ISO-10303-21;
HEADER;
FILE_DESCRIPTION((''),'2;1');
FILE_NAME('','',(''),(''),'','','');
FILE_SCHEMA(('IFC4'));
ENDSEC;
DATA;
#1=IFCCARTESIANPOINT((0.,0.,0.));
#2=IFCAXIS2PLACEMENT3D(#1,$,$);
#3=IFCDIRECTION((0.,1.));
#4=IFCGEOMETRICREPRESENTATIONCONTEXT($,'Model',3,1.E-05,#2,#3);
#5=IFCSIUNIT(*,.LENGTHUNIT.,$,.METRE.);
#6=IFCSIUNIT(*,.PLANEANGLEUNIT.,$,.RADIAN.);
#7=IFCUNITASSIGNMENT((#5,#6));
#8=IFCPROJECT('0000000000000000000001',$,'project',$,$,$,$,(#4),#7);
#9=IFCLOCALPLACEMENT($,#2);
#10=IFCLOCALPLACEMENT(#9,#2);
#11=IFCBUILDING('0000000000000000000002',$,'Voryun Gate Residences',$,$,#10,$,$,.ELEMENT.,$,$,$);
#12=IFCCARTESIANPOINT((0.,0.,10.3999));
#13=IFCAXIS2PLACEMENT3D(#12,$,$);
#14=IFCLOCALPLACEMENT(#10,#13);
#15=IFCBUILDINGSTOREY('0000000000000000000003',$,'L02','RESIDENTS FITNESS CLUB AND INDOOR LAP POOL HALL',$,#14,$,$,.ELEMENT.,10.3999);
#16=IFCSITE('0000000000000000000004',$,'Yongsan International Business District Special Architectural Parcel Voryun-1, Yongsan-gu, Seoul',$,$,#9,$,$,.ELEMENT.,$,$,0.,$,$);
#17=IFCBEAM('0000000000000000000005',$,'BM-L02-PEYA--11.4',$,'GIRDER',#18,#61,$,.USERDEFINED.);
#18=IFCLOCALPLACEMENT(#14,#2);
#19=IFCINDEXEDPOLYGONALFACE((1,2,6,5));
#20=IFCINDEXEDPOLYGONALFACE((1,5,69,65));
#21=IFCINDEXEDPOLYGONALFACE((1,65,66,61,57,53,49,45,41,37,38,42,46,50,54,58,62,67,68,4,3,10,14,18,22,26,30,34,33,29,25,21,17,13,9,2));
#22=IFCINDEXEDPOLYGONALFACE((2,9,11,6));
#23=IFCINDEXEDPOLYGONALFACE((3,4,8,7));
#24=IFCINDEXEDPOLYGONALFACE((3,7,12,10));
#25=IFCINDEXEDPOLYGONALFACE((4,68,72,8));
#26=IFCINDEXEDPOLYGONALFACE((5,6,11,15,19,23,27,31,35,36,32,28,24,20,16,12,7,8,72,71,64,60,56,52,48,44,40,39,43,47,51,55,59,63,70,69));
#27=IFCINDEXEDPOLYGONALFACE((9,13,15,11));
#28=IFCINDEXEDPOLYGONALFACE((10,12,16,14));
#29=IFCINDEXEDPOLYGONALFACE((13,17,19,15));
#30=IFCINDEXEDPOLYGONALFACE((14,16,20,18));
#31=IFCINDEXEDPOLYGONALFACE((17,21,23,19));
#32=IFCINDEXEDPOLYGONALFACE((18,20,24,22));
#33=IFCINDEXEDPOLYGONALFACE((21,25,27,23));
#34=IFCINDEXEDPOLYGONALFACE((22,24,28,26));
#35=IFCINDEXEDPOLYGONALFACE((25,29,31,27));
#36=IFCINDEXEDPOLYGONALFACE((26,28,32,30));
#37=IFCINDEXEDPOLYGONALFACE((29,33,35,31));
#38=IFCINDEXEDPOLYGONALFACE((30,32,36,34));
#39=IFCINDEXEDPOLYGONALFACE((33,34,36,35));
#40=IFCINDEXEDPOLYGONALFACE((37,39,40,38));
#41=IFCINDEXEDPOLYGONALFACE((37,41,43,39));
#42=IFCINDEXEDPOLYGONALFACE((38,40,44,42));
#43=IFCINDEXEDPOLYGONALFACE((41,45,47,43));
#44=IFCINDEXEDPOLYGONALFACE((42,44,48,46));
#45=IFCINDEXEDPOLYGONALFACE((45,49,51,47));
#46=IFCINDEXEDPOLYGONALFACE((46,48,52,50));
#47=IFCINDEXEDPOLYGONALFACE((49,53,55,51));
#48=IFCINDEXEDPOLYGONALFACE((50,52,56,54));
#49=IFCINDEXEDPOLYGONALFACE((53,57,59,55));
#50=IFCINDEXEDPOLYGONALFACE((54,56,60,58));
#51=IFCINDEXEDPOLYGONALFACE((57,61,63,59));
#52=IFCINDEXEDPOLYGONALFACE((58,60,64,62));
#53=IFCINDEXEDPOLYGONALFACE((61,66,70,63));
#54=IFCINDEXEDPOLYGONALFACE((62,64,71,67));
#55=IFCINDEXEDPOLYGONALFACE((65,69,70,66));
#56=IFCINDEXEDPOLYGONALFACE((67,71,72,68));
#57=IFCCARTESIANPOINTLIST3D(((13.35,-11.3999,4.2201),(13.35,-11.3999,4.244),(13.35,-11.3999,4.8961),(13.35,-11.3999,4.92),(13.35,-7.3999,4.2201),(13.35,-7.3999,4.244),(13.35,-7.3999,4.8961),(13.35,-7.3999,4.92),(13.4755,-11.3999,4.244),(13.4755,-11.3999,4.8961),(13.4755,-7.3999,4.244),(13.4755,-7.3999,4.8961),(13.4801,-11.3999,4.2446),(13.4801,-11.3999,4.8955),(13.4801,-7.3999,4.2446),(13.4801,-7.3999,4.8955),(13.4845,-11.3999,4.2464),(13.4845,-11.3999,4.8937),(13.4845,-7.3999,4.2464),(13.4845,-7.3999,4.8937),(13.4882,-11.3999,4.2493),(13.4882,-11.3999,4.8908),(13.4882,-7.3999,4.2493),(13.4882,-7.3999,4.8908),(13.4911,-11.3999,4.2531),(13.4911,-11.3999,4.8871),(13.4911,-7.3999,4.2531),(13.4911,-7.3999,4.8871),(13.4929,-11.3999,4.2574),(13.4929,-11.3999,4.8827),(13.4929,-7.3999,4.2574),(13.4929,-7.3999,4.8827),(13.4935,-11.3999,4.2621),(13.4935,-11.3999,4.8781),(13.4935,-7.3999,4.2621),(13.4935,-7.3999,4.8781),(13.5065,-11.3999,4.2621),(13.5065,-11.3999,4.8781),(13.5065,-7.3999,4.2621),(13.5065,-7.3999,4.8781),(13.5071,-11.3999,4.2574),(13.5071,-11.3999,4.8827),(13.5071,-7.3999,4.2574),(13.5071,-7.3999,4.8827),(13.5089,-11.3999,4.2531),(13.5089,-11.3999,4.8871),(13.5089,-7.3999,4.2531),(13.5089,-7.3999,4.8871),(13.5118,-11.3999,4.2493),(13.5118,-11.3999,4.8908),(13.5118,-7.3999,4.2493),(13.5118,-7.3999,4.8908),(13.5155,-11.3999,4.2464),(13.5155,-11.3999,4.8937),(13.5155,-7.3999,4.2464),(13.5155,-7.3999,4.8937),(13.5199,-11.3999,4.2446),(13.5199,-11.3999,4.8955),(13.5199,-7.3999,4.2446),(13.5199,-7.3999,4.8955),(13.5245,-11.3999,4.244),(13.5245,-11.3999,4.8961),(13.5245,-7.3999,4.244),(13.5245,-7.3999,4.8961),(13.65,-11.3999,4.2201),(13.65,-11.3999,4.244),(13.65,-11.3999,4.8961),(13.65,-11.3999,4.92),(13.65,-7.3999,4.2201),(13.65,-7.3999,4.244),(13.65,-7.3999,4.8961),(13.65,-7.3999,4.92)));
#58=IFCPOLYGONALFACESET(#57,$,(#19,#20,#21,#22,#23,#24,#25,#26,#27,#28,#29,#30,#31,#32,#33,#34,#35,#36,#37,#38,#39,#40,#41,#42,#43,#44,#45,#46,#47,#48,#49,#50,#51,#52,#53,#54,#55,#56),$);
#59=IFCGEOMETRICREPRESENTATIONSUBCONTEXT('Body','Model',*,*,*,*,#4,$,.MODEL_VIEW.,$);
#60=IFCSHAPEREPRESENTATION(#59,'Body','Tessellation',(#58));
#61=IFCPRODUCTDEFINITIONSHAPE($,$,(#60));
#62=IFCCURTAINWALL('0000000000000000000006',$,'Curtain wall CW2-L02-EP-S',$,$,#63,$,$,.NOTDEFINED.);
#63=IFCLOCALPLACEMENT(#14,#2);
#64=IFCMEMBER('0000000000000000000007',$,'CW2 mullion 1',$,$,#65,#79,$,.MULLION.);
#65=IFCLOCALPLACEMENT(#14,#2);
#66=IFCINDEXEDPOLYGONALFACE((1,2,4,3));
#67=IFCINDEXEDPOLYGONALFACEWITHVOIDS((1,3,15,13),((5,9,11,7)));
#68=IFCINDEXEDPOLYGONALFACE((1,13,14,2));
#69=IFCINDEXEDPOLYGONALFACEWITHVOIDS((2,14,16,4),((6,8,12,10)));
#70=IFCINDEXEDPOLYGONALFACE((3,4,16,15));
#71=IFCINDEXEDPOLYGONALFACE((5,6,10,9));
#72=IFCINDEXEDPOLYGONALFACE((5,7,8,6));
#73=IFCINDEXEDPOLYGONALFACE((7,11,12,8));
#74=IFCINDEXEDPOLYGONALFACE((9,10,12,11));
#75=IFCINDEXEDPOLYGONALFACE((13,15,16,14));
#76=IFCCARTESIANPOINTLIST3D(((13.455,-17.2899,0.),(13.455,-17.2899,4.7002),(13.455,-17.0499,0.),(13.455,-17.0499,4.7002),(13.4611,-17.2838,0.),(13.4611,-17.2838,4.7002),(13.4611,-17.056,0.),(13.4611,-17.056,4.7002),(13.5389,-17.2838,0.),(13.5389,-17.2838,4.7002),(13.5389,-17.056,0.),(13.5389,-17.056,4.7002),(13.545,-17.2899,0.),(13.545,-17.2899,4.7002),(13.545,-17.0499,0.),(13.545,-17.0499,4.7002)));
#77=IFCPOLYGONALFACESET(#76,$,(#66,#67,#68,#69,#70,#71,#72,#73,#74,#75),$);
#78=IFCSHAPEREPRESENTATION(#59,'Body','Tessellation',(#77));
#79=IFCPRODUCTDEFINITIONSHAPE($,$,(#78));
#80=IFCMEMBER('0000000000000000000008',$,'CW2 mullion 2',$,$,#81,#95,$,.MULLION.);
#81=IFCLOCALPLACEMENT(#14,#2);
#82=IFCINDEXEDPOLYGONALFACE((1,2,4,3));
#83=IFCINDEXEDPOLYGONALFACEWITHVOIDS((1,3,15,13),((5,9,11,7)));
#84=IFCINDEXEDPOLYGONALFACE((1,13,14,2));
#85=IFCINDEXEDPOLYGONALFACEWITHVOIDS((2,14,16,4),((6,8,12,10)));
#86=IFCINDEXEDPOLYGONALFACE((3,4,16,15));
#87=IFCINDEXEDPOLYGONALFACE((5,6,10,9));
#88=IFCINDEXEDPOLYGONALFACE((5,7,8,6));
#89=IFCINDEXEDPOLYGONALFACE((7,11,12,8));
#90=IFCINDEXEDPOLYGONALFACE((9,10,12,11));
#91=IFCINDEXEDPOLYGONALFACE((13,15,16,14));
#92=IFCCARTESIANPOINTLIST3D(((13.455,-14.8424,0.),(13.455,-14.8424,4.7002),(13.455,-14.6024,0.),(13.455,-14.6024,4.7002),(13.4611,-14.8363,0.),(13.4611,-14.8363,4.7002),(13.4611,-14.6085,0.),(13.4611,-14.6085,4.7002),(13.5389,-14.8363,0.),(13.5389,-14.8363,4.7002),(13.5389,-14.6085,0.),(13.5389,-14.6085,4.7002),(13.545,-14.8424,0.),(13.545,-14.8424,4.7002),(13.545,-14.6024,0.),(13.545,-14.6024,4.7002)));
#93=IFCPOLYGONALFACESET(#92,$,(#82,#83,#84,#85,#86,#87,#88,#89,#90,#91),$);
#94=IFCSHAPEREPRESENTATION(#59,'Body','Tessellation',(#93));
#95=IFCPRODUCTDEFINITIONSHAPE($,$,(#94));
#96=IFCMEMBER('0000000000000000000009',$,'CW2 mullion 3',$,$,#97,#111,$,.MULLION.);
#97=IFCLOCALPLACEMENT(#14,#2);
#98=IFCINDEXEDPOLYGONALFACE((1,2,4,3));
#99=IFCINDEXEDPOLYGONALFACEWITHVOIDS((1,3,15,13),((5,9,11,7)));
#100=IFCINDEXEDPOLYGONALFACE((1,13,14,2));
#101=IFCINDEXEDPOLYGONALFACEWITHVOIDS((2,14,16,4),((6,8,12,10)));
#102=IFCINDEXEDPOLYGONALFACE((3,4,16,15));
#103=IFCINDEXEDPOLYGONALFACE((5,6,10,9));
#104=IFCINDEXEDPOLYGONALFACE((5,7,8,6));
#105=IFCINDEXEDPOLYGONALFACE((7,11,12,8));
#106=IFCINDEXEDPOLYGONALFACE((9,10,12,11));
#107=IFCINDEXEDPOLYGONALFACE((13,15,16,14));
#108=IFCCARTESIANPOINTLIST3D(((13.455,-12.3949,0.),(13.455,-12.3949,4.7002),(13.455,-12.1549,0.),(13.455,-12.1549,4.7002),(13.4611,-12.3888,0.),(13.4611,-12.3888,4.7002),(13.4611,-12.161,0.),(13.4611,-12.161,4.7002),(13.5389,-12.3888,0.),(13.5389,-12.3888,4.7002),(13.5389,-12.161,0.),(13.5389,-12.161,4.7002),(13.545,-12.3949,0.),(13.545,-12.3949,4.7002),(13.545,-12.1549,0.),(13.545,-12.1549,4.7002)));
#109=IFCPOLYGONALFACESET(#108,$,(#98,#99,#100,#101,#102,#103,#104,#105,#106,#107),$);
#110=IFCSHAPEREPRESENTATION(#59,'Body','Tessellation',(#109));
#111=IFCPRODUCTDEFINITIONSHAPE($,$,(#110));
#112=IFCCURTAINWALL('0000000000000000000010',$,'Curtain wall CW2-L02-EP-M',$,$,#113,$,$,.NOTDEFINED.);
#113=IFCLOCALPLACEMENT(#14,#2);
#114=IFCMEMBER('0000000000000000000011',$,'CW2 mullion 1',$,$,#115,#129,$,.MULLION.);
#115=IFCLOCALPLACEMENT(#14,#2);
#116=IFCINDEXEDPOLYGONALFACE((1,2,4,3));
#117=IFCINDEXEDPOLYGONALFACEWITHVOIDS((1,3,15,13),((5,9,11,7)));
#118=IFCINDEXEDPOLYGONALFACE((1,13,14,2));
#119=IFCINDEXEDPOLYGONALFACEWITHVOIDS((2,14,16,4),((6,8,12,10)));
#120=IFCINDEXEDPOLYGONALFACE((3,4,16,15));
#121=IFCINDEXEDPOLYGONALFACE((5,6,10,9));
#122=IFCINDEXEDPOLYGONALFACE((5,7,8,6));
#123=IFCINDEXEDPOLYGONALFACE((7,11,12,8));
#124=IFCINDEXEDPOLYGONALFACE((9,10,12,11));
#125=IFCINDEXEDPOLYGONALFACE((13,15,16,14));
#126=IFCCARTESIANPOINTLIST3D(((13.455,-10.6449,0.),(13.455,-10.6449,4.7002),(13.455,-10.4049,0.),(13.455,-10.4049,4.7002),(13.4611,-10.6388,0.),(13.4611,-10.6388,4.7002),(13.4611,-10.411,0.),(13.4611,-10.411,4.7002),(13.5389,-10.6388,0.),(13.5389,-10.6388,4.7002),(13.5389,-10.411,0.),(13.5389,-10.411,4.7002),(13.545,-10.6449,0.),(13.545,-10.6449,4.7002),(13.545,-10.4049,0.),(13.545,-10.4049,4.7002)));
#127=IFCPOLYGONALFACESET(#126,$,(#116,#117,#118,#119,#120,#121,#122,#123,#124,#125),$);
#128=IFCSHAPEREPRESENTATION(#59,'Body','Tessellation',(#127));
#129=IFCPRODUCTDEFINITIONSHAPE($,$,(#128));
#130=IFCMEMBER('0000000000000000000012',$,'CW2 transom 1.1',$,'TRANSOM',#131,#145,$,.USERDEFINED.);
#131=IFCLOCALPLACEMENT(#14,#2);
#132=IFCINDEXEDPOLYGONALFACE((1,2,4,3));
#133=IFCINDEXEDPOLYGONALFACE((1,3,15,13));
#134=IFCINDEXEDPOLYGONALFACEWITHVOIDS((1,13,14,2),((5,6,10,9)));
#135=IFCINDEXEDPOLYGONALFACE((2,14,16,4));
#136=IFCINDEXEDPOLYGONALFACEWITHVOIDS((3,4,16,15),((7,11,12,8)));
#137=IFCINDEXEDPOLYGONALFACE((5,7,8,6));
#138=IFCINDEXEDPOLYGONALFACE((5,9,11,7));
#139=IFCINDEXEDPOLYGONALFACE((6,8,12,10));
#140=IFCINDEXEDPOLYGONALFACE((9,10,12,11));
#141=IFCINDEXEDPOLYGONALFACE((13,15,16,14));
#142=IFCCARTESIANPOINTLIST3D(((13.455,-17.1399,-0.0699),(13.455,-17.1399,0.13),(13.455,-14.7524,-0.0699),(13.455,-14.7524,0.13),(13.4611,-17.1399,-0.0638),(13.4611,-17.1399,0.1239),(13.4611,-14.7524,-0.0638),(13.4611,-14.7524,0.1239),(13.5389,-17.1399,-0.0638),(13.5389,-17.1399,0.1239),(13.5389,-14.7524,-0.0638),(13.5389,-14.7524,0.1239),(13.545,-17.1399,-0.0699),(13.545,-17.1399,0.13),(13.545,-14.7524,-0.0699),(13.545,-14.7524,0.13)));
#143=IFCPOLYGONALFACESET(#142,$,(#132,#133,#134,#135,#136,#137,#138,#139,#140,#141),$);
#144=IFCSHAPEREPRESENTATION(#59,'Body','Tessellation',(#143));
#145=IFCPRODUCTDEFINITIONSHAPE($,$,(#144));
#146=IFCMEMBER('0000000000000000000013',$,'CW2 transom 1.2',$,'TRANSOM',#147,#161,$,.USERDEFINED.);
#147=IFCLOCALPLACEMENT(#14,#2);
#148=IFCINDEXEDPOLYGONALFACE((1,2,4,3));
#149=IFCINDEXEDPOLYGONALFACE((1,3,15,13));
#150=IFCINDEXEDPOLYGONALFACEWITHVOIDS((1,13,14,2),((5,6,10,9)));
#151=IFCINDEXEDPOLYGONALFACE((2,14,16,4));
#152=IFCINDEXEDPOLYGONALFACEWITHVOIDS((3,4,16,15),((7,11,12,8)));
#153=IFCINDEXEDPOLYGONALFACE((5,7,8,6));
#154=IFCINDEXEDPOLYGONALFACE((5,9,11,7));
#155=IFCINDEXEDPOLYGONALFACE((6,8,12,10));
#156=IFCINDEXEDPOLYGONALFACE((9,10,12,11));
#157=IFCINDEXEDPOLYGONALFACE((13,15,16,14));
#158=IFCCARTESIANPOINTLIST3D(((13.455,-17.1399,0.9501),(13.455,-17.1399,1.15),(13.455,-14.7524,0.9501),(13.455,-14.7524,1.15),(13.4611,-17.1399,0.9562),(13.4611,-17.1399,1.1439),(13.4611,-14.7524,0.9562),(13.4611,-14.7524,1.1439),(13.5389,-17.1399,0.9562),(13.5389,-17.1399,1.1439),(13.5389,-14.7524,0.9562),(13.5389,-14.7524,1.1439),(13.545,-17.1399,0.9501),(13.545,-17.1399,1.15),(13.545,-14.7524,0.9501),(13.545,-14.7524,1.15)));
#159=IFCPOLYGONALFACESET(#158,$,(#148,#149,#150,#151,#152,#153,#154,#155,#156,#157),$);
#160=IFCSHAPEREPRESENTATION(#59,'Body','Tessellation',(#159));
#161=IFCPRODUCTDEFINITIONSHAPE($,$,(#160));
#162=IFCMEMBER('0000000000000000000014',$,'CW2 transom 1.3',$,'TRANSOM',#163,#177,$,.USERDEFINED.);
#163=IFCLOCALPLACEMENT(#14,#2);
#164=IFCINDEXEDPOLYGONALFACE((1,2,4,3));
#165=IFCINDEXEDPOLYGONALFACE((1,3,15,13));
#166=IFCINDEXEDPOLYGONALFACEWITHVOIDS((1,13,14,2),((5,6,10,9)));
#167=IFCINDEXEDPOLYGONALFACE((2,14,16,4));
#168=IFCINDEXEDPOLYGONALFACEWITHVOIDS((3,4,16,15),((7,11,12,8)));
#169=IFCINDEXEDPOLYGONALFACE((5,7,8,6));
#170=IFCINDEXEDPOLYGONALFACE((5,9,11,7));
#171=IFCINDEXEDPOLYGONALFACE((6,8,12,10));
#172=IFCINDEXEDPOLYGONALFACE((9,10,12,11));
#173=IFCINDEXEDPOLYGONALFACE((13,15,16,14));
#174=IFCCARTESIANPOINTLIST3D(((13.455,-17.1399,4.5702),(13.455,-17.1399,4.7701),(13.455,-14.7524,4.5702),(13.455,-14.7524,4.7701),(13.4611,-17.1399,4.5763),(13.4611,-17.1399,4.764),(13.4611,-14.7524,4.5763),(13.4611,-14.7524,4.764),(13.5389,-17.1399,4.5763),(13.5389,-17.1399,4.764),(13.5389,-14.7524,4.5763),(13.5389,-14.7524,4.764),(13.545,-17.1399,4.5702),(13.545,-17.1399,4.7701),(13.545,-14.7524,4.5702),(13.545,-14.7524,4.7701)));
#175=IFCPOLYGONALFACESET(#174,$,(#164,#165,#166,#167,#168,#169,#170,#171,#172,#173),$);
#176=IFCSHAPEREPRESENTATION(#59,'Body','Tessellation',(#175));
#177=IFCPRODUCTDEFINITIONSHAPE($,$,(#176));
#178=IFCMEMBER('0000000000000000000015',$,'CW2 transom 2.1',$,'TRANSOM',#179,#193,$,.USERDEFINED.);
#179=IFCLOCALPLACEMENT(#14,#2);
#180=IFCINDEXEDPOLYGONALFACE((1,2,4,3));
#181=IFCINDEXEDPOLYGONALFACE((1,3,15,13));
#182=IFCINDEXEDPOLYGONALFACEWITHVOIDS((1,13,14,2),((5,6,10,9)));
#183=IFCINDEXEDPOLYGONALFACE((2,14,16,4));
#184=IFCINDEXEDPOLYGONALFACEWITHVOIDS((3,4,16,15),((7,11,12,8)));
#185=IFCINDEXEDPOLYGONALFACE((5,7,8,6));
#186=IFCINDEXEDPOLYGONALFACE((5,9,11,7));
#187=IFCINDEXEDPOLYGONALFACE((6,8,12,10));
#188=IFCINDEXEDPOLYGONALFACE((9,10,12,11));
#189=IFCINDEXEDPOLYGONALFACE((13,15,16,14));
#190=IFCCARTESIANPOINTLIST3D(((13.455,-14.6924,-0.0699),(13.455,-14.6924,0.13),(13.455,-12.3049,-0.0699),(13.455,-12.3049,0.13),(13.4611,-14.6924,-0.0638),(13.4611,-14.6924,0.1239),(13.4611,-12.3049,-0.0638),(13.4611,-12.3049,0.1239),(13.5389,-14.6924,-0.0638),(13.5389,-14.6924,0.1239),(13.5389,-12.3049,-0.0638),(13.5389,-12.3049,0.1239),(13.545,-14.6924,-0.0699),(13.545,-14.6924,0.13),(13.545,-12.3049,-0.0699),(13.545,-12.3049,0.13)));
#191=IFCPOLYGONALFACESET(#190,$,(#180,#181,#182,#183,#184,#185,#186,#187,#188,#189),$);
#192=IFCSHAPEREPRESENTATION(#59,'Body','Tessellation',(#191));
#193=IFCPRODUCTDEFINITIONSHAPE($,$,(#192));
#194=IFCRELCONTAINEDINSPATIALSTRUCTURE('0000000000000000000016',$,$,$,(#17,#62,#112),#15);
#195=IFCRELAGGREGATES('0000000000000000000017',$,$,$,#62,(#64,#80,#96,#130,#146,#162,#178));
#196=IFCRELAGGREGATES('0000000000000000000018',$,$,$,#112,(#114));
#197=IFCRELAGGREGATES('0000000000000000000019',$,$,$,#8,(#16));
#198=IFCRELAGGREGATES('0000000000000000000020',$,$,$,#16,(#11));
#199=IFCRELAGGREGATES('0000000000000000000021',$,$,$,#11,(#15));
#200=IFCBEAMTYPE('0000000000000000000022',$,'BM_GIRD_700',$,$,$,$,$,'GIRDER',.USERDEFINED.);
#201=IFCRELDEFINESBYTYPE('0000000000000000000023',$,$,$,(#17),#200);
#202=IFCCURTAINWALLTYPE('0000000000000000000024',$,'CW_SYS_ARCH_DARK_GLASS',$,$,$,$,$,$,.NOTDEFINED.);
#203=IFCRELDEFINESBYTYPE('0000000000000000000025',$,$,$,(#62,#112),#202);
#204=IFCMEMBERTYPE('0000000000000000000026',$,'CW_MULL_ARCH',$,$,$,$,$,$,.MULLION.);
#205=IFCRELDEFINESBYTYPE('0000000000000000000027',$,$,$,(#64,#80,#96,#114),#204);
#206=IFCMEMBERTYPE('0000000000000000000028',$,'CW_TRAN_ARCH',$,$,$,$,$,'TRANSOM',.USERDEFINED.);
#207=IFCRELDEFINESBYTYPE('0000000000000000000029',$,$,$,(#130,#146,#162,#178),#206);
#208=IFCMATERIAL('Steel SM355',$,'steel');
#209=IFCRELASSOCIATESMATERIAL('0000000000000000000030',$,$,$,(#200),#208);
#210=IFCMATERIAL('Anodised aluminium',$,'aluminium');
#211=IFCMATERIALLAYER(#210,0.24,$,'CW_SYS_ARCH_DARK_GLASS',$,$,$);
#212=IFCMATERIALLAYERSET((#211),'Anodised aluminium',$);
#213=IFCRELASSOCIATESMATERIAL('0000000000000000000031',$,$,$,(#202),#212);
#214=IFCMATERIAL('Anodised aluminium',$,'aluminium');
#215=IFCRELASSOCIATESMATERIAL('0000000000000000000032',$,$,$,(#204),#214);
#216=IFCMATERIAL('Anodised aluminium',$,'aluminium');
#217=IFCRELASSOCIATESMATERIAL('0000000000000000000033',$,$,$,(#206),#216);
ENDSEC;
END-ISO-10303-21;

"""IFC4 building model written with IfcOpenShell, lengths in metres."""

from ifc_helpers import new_model, si_unit, direction, frame, origin, origin_2d, place, context, subcontext, project, spatial, hollow_rectangle, i_section, extrude, material, layer, layer_set, material_profile, profile_set, type_object, element, aggregate, save


model = new_model("IFC4")

# Units and contexts
model_context = context("Model", 3, precision=1e-05, world=origin(), true_north=direction((0.0, 1.0)))
body_context = subcontext(model_context, "Body", "Model", "MODEL_VIEW")
ifc_project = project(units=[si_unit("LENGTHUNIT", "METRE"), si_unit("PLANEANGLEUNIT", "RADIAN")], contexts=[model_context])

# Site, building, storey
site_placement = place(None, origin())
site = spatial("IfcSite", under=ifc_project, at=site_placement, Name="Yongsan International Business District Special Architectural Parcel Voryun-1, Yongsan-gu, Seoul", CompositionType="ELEMENT", RefElevation=0.0)
building_placement = place(site_placement, origin())
building = spatial("IfcBuilding", under=site, at=building_placement, Name="Voryun Gate Residences", CompositionType="ELEMENT")
storey_placement = place(building_placement, frame((0.0, 0.0, 10.3999)))
storey = spatial("IfcBuildingStorey", under=building, at=storey_placement, Name="L02", Description="RESIDENTS FITNESS CLUB AND INDOOR LAP POOL HALL", CompositionType="ELEMENT", Elevation=10.3999)

# Beam
ifc_material_1 = material(Name="Steel SM355", Category="steel")
ifc_material_profile_1 = material_profile(ifc_material_1, i_section(OverallWidth=0.3, OverallDepth=0.7, WebThickness=0.0129, FlangeThickness=0.0239, FilletRadius=0.0181, at=origin_2d()), Name="H-700x300x13x24")
ifc_profile_set_1 = profile_set([ifc_material_profile_1], Name="Steel SM355")
beam_type = type_object("IfcBeamType", Name="BM_GIRD_700", ElementType="GIRDER", PredefinedType="USERDEFINED", material=ifc_profile_set_1)
beam_1_placement = place(storey_placement, frame((13.5, -11.3999, 4.5701), z_axis=(0.0, 1.0, 0.0), x_axis=(-1.0, 0.0, 0.0)))
element("IfcBeam", 1, at=beam_1_placement, inside=storey, type_object=beam_type, Name="BM-L02-PEYA--11.4", ObjectType="GIRDER", PredefinedType="USERDEFINED", context=body_context, shape_type="SweptSolid", body=[
    extrude(i_section(OverallWidth=0.3, OverallDepth=0.7, WebThickness=0.0129, FlangeThickness=0.0239, FilletRadius=0.0181, at=origin_2d()), origin(), (0.0, 0.0, 1.0), 4.0),
])

# Curtain wall, members
ifc_material_2 = material(Name="Anodised aluminium", Category="aluminium")
ifc_layer_1 = layer(ifc_material_2, 0.24, Name="CW_SYS_ARCH_DARK_GLASS")
ifc_layer_set_1 = layer_set([ifc_layer_1], Name="Anodised aluminium")
curtain_wall_type = type_object("IfcCurtainWallType", Name="CW_SYS_ARCH_DARK_GLASS", PredefinedType="NOTDEFINED", material=ifc_layer_set_1)
curtain_wall_1_placement = place(storey_placement, origin())
curtain_wall_1 = element("IfcCurtainWall", 2, at=curtain_wall_1_placement, inside=storey, type_object=curtain_wall_type, Name="Curtain wall CW2-L02-EP-S", PredefinedType="NOTDEFINED")
ifc_material_3 = material(Name="Anodised aluminium", Category="aluminium")
ifc_material_profile_2 = material_profile(ifc_material_3, hollow_rectangle(XDim=0.0901, YDim=0.24, WallThickness=0.0061, at=origin_2d()), Name="ALU-MULL-240x90x6")
ifc_profile_set_2 = profile_set([ifc_material_profile_2], Name="Anodised aluminium")
member_type_1 = type_object("IfcMemberType", Name="CW_MULL_ARCH", PredefinedType="MULLION", material=ifc_profile_set_2)
member_1_placement = place(storey_placement, frame((13.5, -17.1699, 0.0), z_axis=(0.0, 0.0, 1.0), x_axis=(-1.0, 0.0, 0.0)))
member_1 = element("IfcMember", 3, at=member_1_placement, type_object=member_type_1, Name="CW2 mullion 1", PredefinedType="MULLION", context=body_context, shape_type="SweptSolid", body=[
    extrude(hollow_rectangle(XDim=0.0901, YDim=0.24, WallThickness=0.0061, at=origin_2d()), origin(), (0.0, 0.0, 1.0), 4.7002),
])
member_2_placement = place(storey_placement, frame((13.5, -14.7224, 0.0), z_axis=(0.0, 0.0, 1.0), x_axis=(-1.0, 0.0, 0.0)))
member_2 = element("IfcMember", 4, at=member_2_placement, type_object=member_type_1, Name="CW2 mullion 2", PredefinedType="MULLION", context=body_context, shape_type="SweptSolid", body=[
    extrude(hollow_rectangle(XDim=0.0901, YDim=0.24, WallThickness=0.0061, at=origin_2d()), origin(), (0.0, 0.0, 1.0), 4.7002),
])
member_3_placement = place(storey_placement, frame((13.5, -12.2749, 0.0), z_axis=(0.0, 0.0, 1.0), x_axis=(-1.0, 0.0, 0.0)))
member_3 = element("IfcMember", 5, at=member_3_placement, type_object=member_type_1, Name="CW2 mullion 3", PredefinedType="MULLION", context=body_context, shape_type="SweptSolid", body=[
    extrude(hollow_rectangle(XDim=0.0901, YDim=0.24, WallThickness=0.0061, at=origin_2d()), origin(), (0.0, 0.0, 1.0), 4.7002),
])

# Curtain wall, member
curtain_wall_2_placement = place(storey_placement, origin())
curtain_wall_2 = element("IfcCurtainWall", 6, at=curtain_wall_2_placement, inside=storey, type_object=curtain_wall_type, Name="Curtain wall CW2-L02-EP-M", PredefinedType="NOTDEFINED")
member_4_placement = place(storey_placement, frame((13.5, -10.5249, 0.0), z_axis=(0.0, 0.0, 1.0), x_axis=(-1.0, 0.0, 0.0)))
member_4 = element("IfcMember", 7, at=member_4_placement, type_object=member_type_1, Name="CW2 mullion 1", PredefinedType="MULLION", context=body_context, shape_type="SweptSolid", body=[
    extrude(hollow_rectangle(XDim=0.0901, YDim=0.24, WallThickness=0.0061, at=origin_2d()), origin(), (0.0, 0.0, 1.0), 4.7002),
])

# Members
ifc_material_4 = material(Name="Anodised aluminium", Category="aluminium")
ifc_material_profile_3 = material_profile(ifc_material_4, hollow_rectangle(XDim=0.0901, YDim=0.2, WallThickness=0.0061, at=origin_2d()), Name="ALU-TRAN-200x90x6")
ifc_profile_set_3 = profile_set([ifc_material_profile_3], Name="Anodised aluminium")
member_type_2 = type_object("IfcMemberType", Name="CW_TRAN_ARCH", ElementType="TRANSOM", PredefinedType="USERDEFINED", material=ifc_profile_set_3)
member_5_placement = place(storey_placement, frame((13.5, -17.1399, 0.03), z_axis=(0.0, 1.0, 0.0), x_axis=(-1.0, 0.0, 0.0)))
member_5 = element("IfcMember", 8, at=member_5_placement, type_object=member_type_2, Name="CW2 transom 1.1", ObjectType="TRANSOM", PredefinedType="USERDEFINED", context=body_context, shape_type="SweptSolid", body=[
    extrude(hollow_rectangle(XDim=0.0901, YDim=0.2, WallThickness=0.0061, at=origin_2d()), origin(), (0.0, 0.0, 1.0), 2.3875),
])
member_6_placement = place(storey_placement, frame((13.5, -17.1399, 1.05), z_axis=(0.0, 1.0, 0.0), x_axis=(-1.0, 0.0, 0.0)))
member_6 = element("IfcMember", 9, at=member_6_placement, type_object=member_type_2, Name="CW2 transom 1.2", ObjectType="TRANSOM", PredefinedType="USERDEFINED", context=body_context, shape_type="SweptSolid", body=[
    extrude(hollow_rectangle(XDim=0.0901, YDim=0.2, WallThickness=0.0061, at=origin_2d()), origin(), (0.0, 0.0, 1.0), 2.3875),
])
member_7_placement = place(storey_placement, frame((13.5, -17.1399, 4.6702), z_axis=(0.0, 1.0, 0.0), x_axis=(-1.0, 0.0, 0.0)))
member_7 = element("IfcMember", 10, at=member_7_placement, type_object=member_type_2, Name="CW2 transom 1.3", ObjectType="TRANSOM", PredefinedType="USERDEFINED", context=body_context, shape_type="SweptSolid", body=[
    extrude(hollow_rectangle(XDim=0.0901, YDim=0.2, WallThickness=0.0061, at=origin_2d()), origin(), (0.0, 0.0, 1.0), 2.3875),
])
member_8_placement = place(storey_placement, frame((13.5, -14.6924, 0.03), z_axis=(0.0, 1.0, 0.0), x_axis=(-1.0, 0.0, 0.0)))
member_8 = element("IfcMember", 11, at=member_8_placement, type_object=member_type_2, Name="CW2 transom 2.1", ObjectType="TRANSOM", PredefinedType="USERDEFINED", context=body_context, shape_type="SweptSolid", body=[
    extrude(hollow_rectangle(XDim=0.0901, YDim=0.2, WallThickness=0.0061, at=origin_2d()), origin(), (0.0, 0.0, 1.0), 2.3875),
])

aggregate(curtain_wall_1, [member_1, member_2, member_3, member_5, member_6, member_7, member_8])
aggregate(curtain_wall_2, [member_4])

save(model, "model.ifc")
